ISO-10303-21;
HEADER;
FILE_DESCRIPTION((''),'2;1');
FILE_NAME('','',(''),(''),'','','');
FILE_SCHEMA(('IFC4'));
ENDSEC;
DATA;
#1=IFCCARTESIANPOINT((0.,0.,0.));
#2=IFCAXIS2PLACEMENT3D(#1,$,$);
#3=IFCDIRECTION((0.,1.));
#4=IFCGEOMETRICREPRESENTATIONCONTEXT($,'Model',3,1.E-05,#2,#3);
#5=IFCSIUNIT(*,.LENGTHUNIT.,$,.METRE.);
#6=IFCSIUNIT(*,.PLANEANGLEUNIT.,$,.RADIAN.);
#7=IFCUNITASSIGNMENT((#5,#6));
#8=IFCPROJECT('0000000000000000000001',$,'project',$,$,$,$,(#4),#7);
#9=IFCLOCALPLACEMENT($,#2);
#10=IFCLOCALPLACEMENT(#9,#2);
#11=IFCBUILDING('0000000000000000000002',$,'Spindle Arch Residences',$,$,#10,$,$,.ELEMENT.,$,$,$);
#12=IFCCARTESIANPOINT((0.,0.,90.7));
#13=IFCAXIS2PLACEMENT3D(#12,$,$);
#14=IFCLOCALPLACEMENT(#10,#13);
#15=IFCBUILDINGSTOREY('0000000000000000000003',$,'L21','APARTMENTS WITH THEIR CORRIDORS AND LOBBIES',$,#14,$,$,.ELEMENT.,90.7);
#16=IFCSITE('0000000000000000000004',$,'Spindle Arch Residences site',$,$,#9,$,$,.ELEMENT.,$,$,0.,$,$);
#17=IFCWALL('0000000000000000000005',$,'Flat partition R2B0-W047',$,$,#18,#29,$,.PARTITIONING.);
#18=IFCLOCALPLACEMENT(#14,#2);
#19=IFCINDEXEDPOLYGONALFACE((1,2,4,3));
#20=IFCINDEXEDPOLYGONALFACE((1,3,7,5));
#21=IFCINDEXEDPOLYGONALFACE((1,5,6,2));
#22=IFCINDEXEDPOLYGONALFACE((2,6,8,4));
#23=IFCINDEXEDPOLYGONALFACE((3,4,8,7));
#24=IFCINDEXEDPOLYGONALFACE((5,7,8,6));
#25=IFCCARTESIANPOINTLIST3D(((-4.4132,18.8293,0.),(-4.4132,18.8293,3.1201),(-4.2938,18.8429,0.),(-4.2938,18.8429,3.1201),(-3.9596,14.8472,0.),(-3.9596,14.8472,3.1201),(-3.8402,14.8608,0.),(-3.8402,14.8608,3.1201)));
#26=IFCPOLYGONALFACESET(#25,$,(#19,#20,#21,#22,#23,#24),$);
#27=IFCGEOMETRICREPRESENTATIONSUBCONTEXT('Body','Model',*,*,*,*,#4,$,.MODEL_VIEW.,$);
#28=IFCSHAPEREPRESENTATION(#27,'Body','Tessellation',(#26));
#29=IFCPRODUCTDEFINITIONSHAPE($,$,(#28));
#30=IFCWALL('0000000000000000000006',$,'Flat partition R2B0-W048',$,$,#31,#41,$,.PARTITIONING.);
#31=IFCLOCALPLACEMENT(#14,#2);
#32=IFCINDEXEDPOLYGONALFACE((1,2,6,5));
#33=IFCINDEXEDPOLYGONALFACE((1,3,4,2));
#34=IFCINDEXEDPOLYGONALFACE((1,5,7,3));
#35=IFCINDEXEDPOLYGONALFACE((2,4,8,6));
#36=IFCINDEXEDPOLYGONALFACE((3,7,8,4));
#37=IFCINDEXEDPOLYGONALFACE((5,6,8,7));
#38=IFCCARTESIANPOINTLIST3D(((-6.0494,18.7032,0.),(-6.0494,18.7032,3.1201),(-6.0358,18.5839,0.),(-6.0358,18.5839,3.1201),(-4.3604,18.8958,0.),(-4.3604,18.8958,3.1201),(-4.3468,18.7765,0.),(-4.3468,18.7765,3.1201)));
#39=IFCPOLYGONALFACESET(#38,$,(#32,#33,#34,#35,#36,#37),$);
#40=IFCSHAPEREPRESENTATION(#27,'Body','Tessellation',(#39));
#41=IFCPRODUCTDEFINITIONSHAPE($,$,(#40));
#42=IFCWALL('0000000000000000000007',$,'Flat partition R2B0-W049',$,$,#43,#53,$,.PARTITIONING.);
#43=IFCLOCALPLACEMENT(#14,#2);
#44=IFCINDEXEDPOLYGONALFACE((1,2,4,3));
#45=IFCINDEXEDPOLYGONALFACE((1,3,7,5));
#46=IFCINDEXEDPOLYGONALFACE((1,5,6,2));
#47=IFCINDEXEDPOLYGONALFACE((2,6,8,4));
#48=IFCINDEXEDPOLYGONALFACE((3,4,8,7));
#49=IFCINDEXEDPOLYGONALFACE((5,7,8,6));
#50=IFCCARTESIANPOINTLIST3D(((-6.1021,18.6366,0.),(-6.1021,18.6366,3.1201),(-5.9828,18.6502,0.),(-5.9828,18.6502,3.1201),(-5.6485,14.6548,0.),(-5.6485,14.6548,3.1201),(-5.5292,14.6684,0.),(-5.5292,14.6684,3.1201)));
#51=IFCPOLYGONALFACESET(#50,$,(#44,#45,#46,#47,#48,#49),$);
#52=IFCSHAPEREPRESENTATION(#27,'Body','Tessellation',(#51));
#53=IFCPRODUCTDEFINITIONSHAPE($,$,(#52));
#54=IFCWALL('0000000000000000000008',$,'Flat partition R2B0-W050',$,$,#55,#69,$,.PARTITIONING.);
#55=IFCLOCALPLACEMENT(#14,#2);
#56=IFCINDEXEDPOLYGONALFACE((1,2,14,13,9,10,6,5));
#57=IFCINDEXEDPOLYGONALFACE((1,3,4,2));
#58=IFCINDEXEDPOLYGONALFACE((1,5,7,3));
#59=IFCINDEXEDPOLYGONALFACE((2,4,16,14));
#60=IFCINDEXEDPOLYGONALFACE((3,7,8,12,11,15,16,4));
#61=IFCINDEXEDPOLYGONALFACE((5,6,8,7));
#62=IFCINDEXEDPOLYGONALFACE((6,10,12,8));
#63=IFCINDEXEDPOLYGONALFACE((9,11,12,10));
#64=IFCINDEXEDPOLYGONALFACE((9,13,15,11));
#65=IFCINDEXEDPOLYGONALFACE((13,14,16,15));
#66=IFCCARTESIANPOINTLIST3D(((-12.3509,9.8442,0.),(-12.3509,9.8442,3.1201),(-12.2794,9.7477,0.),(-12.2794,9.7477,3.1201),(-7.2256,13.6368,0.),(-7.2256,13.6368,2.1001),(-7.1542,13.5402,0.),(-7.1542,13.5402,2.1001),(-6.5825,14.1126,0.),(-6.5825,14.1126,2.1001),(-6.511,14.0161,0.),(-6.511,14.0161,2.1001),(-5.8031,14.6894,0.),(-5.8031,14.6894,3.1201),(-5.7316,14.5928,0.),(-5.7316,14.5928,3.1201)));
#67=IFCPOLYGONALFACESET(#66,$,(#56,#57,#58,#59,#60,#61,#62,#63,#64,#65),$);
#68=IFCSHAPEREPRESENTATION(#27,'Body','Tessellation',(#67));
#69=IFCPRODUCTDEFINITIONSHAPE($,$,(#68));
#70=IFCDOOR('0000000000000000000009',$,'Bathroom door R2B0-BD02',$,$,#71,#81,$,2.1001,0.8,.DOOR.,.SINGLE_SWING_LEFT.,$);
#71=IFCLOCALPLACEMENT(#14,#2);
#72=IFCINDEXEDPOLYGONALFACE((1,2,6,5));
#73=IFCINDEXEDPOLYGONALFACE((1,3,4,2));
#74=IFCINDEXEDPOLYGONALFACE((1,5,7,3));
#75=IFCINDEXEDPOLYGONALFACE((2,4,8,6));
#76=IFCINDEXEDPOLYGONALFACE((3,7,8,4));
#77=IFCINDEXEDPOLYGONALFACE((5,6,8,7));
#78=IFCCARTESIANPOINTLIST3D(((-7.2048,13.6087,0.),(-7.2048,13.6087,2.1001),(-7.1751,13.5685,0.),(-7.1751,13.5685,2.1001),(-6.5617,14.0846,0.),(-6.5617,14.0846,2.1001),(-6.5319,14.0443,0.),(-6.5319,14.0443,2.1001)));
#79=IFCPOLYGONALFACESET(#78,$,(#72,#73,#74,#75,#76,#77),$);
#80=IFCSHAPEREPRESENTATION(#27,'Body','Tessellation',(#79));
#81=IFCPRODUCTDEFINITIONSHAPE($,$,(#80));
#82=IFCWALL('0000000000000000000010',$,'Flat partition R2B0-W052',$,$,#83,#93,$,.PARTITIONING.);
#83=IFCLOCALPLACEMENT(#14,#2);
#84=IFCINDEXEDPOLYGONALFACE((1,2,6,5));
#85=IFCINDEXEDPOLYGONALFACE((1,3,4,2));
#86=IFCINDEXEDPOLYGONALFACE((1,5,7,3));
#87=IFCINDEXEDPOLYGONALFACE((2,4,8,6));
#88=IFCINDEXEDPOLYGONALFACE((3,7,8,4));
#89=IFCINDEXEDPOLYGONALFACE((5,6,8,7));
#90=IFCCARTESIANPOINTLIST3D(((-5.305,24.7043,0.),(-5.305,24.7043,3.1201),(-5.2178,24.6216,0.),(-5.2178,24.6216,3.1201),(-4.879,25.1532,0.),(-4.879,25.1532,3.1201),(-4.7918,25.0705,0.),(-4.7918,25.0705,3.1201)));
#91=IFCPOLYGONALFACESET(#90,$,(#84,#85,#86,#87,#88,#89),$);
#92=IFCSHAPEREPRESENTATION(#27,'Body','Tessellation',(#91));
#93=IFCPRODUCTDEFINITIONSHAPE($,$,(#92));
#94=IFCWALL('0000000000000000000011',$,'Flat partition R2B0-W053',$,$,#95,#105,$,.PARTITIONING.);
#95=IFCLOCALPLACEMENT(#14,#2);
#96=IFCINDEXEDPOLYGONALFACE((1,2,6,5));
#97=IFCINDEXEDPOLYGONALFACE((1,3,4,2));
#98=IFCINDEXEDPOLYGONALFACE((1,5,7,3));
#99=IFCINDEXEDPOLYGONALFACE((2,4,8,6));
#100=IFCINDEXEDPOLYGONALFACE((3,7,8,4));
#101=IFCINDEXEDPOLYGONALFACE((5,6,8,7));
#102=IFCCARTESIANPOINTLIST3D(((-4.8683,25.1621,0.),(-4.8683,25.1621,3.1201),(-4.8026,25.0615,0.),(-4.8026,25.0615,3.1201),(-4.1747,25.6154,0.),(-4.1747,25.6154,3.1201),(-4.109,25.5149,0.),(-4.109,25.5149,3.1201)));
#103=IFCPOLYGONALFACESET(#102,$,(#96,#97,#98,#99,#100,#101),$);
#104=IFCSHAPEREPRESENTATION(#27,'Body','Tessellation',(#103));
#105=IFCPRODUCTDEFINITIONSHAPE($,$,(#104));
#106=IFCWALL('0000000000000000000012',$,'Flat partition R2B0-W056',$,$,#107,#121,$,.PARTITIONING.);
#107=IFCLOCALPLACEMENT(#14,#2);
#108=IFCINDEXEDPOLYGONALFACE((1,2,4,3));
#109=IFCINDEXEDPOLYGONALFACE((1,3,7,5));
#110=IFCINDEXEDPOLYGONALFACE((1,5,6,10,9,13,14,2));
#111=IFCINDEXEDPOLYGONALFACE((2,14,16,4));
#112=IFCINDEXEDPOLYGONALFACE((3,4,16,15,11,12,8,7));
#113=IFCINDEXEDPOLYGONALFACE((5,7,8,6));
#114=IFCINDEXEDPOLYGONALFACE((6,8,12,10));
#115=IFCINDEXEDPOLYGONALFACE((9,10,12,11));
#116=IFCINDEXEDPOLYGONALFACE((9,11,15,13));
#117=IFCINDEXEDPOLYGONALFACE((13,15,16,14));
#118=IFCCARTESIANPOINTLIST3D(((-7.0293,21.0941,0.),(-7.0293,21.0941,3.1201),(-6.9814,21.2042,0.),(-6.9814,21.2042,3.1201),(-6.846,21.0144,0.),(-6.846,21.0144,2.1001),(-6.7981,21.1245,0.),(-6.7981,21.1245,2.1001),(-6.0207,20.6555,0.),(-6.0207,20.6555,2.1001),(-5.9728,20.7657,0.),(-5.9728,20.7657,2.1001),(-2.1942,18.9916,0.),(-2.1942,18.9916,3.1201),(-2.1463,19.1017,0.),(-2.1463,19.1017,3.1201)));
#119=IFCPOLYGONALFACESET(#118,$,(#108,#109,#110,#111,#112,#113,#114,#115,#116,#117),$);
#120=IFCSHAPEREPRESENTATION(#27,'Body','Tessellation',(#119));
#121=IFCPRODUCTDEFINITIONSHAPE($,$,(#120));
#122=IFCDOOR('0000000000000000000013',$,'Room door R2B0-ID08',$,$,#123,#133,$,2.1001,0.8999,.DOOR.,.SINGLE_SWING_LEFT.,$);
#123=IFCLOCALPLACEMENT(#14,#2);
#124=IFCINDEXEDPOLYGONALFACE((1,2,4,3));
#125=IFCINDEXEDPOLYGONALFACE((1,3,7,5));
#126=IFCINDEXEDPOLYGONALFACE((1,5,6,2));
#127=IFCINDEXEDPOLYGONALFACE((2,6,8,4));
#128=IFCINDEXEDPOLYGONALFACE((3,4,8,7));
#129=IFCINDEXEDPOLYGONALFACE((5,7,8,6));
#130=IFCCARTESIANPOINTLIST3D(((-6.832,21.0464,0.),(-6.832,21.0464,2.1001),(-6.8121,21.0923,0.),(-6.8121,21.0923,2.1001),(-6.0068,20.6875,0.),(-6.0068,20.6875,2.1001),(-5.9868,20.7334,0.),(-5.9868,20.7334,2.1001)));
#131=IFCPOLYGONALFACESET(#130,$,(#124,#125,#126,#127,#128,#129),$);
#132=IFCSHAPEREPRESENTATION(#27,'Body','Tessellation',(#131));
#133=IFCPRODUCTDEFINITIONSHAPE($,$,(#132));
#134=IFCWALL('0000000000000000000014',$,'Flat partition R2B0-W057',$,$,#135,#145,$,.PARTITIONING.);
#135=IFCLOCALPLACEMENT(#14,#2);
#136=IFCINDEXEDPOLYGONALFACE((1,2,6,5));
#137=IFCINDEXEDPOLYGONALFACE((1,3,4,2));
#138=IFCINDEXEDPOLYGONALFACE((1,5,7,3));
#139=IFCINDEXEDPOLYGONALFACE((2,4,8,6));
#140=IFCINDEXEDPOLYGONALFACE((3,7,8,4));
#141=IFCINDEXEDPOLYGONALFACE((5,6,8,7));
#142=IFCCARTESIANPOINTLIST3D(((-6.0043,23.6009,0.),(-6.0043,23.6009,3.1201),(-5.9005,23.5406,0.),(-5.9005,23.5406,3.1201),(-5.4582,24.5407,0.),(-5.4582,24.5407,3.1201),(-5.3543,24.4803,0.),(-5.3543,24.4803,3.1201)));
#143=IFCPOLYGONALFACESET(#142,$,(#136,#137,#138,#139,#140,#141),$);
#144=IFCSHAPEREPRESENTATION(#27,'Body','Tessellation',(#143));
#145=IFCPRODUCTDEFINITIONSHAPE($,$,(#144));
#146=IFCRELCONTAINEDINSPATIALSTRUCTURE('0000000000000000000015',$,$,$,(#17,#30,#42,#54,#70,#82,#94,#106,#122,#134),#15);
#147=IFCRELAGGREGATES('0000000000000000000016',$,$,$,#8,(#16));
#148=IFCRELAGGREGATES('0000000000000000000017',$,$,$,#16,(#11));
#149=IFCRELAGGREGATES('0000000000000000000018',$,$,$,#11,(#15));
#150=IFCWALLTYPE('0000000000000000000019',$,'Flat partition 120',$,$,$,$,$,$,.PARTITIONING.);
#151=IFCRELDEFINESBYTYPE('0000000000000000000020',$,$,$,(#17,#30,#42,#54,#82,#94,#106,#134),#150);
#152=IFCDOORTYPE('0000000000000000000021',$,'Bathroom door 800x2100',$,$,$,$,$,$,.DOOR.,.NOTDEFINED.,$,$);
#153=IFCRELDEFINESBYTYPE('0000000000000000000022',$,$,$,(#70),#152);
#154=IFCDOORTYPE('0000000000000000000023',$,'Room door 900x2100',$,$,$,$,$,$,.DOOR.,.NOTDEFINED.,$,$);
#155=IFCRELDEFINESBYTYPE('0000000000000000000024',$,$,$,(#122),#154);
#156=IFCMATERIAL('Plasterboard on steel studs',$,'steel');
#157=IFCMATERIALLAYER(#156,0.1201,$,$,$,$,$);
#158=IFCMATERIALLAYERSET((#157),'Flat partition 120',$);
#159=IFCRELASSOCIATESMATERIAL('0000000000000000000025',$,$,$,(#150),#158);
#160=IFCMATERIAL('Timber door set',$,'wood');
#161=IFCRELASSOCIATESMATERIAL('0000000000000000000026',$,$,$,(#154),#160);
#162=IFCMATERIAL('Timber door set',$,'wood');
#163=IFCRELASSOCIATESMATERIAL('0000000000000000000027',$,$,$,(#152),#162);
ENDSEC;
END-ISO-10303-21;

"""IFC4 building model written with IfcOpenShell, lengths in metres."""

from ifc_helpers import new_model, si_unit, direction, frame, frame_2d, origin, place, context, subcontext, project, spatial, rectangle, extrude, material, layer, layer_set, type_object, element, fill, save


model = new_model("IFC4")

# Units and contexts
model_context = context("Model", 3, precision=1e-05, world=origin(), true_north=direction((0.0, 1.0)))
body_context = subcontext(model_context, "Body", "Model", "MODEL_VIEW")
ifc_project = project(units=[si_unit("LENGTHUNIT", "METRE"), si_unit("PLANEANGLEUNIT", "RADIAN")], contexts=[model_context])

# Site, building, storey
site_placement = place(None, origin())
site = spatial("IfcSite", under=ifc_project, at=site_placement, Name="Spindle Arch Residences site", CompositionType="ELEMENT", RefElevation=0.0)
building_placement = place(site_placement, origin())
building = spatial("IfcBuilding", under=site, at=building_placement, Name="Spindle Arch Residences", CompositionType="ELEMENT")
storey_placement = place(building_placement, frame((0.0, 0.0, 90.7)))
storey = spatial("IfcBuildingStorey", under=building, at=storey_placement, Name="L21", Description="APARTMENTS WITH THEIR CORRIDORS AND LOBBIES", CompositionType="ELEMENT", Elevation=90.7)

# Shared definitions
ifc_material_1 = material(Name="Plasterboard on steel studs", Category="steel")
ifc_layer_1 = layer(ifc_material_1, 0.1201)
ifc_layer_set_1 = layer_set([ifc_layer_1], Name="Flat partition 120")
wall_type_1 = type_object("IfcWallType", Name="Flat partition 120", PredefinedType="PARTITIONING", material=ifc_layer_set_1)
ifc_material_2 = material(Name="Timber door set", Category="wood")
door_type_1 = type_object("IfcDoorType", Name="Room door 900x2100", OperationType="NOTDEFINED", PredefinedType="DOOR", material=ifc_material_2)

# Walls
wall_1_placement = place(storey_placement, frame((-3.8999, 14.854, 0.0), z_axis=(0.0, 0.0, 1.0), x_axis=(-0.113179, 0.993575, 0.0)))
element("IfcWall", 1, at=wall_1_placement, inside=storey, type_object=wall_type_1, Name="Flat partition R2B0-W047", PredefinedType="PARTITIONING", context=body_context, shape_type="SweptSolid", body=[
    extrude(rectangle(XDim=4.0078, YDim=0.1201, at=frame_2d((2.0039, 0.0))), origin(), (0.0, 0.0, 1.0), 3.1201),
])
wall_2_placement = place(storey_placement, frame((-4.3535, 18.8362, 0.0), z_axis=(0.0, 0.0, 1.0), x_axis=(-0.993559, -0.113316, 0.0)))
element("IfcWall", 2, at=wall_2_placement, inside=storey, type_object=wall_type_1, Name="Flat partition R2B0-W048", PredefinedType="PARTITIONING", context=body_context, shape_type="SweptSolid", body=[
    extrude(rectangle(XDim=1.7, YDim=0.1201, at=frame_2d((0.8501, 0.0))), origin(), (0.0, 0.0, 1.0), 3.1201),
])
wall_3_placement = place(storey_placement, frame((-6.0425, 18.6436, 0.0), z_axis=(0.0, 0.0, 1.0), x_axis=(0.113186, -0.993574, 0.0)))
element("IfcWall", 3, at=wall_3_placement, inside=storey, type_object=wall_type_1, Name="Flat partition R2B0-W049", PredefinedType="PARTITIONING", context=body_context, shape_type="SweptSolid", body=[
    extrude(rectangle(XDim=4.0076, YDim=0.1201, at=frame_2d((2.0039, 0.0))), origin(), (0.0, 0.0, 1.0), 3.1201),
])

# Wall, opening, door
wall_4_placement = place(storey_placement, frame((-5.7673, 14.6411, 0.0), z_axis=(0.0, 0.0, 1.0), x_axis=(-0.803853, -0.594828, 0.0)))
wall_4 = element("IfcWall", 4, at=wall_4_placement, inside=storey, type_object=wall_type_1, Name="Flat partition R2B0-W050", PredefinedType="PARTITIONING", context=body_context, shape_type="SweptSolid", body=[
    extrude(rectangle(XDim=8.1455, YDim=0.1201, at=frame_2d((4.0728, 0.0))), origin(), (0.0, 0.0, 1.0), 3.1201),
])
opening_1_placement = place(wall_4_placement, frame((0.9697, 0.0, 0.0)))
opening_1 = element("IfcOpeningElement", 5, at=opening_1_placement, cuts=wall_4, PredefinedType="OPENING", context=body_context, shape_type="SweptSolid", body=[
    extrude(rectangle(XDim=0.8, YDim=2.1001, at=frame_2d((0.3999, 1.05))), frame((0.0, 0.0701, 0.0), z_axis=(0.0, -1.0, 0.0), x_axis=(1.0, 0.0, 0.0)), (0.0, 0.0, 1.0), 0.1401),
])
ifc_material_3 = material(Name="Timber door set", Category="wood")
door_type_2 = type_object("IfcDoorType", Name="Bathroom door 800x2100", OperationType="NOTDEFINED", PredefinedType="DOOR", material=ifc_material_3)
door_1_placement = place(opening_1_placement, origin())
door_1 = element("IfcDoor", 6, at=door_1_placement, inside=storey, type_object=door_type_2, Name="Bathroom door R2B0-BD02", OperationType="SINGLE_SWING_LEFT", OverallHeight=2.1001, OverallWidth=0.8, PredefinedType="DOOR", context=body_context, shape_type="SweptSolid", body=[
    extrude(rectangle(XDim=0.8, YDim=2.1001, at=frame_2d((0.3999, 1.05))), frame((0.0, 0.0249, 0.0), z_axis=(0.0, -1.0, 0.0), x_axis=(1.0, 0.0, 0.0)), (0.0, 0.0, 1.0), 0.05),
])
fill(opening_1, door_1)

# Walls
wall_5_placement = place(storey_placement, frame((-5.2615, 24.6628, 0.0), z_axis=(0.0, 0.0, 1.0), x_axis=(0.688324, 0.725403, 0.0)))
element("IfcWall", 7, at=wall_5_placement, inside=storey, type_object=wall_type_1, Name="Flat partition R2B0-W052", PredefinedType="PARTITIONING", context=body_context, shape_type="SweptSolid", body=[
    extrude(rectangle(XDim=0.6189, YDim=0.1201, at=frame_2d((0.3096, 0.0))), origin(), (0.0, 0.0, 1.0), 3.1201),
])
wall_6_placement = place(storey_placement, frame((-4.8354, 25.1118, 0.0), z_axis=(0.0, 0.0, 1.0), x_axis=(0.837047, 0.54713, 0.0)))
element("IfcWall", 8, at=wall_6_placement, inside=storey, type_object=wall_type_1, Name="Flat partition R2B0-W053", PredefinedType="PARTITIONING", context=body_context, shape_type="SweptSolid", body=[
    extrude(rectangle(XDim=0.8286, YDim=0.1201, at=frame_2d((0.4143, 0.0))), origin(), (0.0, 0.0, 1.0), 3.1201),
])

# Wall, opening, door
wall_7_placement = place(storey_placement, frame((-7.0054, 21.1492, 0.0), z_axis=(0.0, 0.0, 1.0), x_axis=(0.917051, -0.39877, 0.0)))
wall_7 = element("IfcWall", 9, at=wall_7_placement, inside=storey, type_object=wall_type_1, Name="Flat partition R2B0-W056", PredefinedType="PARTITIONING", context=body_context, shape_type="SweptSolid", body=[
    extrude(rectangle(XDim=5.2725, YDim=0.1201, at=frame_2d((2.6362, 0.0))), origin(), (0.0, 0.0, 1.0), 3.1201),
])
opening_2_placement = place(wall_7_placement, frame((0.2, 0.0, 0.0)))
opening_2 = element("IfcOpeningElement", 10, at=opening_2_placement, cuts=wall_7, PredefinedType="OPENING", context=body_context, shape_type="SweptSolid", body=[
    extrude(rectangle(XDim=0.8999, YDim=2.1001, at=frame_2d((0.45, 1.05))), frame((0.0, 0.0701, 0.0), z_axis=(0.0, -1.0, 0.0), x_axis=(1.0, 0.0, 0.0)), (0.0, 0.0, 1.0), 0.1401),
])
door_2_placement = place(opening_2_placement, origin())
door_2 = element("IfcDoor", 11, at=door_2_placement, inside=storey, type_object=door_type_1, Name="Room door R2B0-ID08", OperationType="SINGLE_SWING_LEFT", OverallHeight=2.1001, OverallWidth=0.8999, PredefinedType="DOOR", context=body_context, shape_type="SweptSolid", body=[
    extrude(rectangle(XDim=0.8999, YDim=2.1001, at=frame_2d((0.45, 1.05))), frame((0.0, 0.0249, 0.0), z_axis=(0.0, -1.0, 0.0), x_axis=(1.0, 0.0, 0.0)), (0.0, 0.0, 1.0), 0.05),
])
fill(opening_2, door_2)

# Wall
wall_8_placement = place(storey_placement, frame((-5.4062, 24.5105, 0.0), z_axis=(0.0, 0.0, 1.0), x_axis=(-0.502488, -0.864584, 0.0)))
element("IfcWall", 12, at=wall_8_placement, inside=storey, type_object=wall_type_1, Name="Flat partition R2B0-W057", PredefinedType="PARTITIONING", context=body_context, shape_type="SweptSolid", body=[
    extrude(rectangle(XDim=1.0869, YDim=0.1201, at=frame_2d((0.5435, 0.0))), origin(), (0.0, 0.0, 1.0), 3.1201),
])

save(model, "model.ifc")
